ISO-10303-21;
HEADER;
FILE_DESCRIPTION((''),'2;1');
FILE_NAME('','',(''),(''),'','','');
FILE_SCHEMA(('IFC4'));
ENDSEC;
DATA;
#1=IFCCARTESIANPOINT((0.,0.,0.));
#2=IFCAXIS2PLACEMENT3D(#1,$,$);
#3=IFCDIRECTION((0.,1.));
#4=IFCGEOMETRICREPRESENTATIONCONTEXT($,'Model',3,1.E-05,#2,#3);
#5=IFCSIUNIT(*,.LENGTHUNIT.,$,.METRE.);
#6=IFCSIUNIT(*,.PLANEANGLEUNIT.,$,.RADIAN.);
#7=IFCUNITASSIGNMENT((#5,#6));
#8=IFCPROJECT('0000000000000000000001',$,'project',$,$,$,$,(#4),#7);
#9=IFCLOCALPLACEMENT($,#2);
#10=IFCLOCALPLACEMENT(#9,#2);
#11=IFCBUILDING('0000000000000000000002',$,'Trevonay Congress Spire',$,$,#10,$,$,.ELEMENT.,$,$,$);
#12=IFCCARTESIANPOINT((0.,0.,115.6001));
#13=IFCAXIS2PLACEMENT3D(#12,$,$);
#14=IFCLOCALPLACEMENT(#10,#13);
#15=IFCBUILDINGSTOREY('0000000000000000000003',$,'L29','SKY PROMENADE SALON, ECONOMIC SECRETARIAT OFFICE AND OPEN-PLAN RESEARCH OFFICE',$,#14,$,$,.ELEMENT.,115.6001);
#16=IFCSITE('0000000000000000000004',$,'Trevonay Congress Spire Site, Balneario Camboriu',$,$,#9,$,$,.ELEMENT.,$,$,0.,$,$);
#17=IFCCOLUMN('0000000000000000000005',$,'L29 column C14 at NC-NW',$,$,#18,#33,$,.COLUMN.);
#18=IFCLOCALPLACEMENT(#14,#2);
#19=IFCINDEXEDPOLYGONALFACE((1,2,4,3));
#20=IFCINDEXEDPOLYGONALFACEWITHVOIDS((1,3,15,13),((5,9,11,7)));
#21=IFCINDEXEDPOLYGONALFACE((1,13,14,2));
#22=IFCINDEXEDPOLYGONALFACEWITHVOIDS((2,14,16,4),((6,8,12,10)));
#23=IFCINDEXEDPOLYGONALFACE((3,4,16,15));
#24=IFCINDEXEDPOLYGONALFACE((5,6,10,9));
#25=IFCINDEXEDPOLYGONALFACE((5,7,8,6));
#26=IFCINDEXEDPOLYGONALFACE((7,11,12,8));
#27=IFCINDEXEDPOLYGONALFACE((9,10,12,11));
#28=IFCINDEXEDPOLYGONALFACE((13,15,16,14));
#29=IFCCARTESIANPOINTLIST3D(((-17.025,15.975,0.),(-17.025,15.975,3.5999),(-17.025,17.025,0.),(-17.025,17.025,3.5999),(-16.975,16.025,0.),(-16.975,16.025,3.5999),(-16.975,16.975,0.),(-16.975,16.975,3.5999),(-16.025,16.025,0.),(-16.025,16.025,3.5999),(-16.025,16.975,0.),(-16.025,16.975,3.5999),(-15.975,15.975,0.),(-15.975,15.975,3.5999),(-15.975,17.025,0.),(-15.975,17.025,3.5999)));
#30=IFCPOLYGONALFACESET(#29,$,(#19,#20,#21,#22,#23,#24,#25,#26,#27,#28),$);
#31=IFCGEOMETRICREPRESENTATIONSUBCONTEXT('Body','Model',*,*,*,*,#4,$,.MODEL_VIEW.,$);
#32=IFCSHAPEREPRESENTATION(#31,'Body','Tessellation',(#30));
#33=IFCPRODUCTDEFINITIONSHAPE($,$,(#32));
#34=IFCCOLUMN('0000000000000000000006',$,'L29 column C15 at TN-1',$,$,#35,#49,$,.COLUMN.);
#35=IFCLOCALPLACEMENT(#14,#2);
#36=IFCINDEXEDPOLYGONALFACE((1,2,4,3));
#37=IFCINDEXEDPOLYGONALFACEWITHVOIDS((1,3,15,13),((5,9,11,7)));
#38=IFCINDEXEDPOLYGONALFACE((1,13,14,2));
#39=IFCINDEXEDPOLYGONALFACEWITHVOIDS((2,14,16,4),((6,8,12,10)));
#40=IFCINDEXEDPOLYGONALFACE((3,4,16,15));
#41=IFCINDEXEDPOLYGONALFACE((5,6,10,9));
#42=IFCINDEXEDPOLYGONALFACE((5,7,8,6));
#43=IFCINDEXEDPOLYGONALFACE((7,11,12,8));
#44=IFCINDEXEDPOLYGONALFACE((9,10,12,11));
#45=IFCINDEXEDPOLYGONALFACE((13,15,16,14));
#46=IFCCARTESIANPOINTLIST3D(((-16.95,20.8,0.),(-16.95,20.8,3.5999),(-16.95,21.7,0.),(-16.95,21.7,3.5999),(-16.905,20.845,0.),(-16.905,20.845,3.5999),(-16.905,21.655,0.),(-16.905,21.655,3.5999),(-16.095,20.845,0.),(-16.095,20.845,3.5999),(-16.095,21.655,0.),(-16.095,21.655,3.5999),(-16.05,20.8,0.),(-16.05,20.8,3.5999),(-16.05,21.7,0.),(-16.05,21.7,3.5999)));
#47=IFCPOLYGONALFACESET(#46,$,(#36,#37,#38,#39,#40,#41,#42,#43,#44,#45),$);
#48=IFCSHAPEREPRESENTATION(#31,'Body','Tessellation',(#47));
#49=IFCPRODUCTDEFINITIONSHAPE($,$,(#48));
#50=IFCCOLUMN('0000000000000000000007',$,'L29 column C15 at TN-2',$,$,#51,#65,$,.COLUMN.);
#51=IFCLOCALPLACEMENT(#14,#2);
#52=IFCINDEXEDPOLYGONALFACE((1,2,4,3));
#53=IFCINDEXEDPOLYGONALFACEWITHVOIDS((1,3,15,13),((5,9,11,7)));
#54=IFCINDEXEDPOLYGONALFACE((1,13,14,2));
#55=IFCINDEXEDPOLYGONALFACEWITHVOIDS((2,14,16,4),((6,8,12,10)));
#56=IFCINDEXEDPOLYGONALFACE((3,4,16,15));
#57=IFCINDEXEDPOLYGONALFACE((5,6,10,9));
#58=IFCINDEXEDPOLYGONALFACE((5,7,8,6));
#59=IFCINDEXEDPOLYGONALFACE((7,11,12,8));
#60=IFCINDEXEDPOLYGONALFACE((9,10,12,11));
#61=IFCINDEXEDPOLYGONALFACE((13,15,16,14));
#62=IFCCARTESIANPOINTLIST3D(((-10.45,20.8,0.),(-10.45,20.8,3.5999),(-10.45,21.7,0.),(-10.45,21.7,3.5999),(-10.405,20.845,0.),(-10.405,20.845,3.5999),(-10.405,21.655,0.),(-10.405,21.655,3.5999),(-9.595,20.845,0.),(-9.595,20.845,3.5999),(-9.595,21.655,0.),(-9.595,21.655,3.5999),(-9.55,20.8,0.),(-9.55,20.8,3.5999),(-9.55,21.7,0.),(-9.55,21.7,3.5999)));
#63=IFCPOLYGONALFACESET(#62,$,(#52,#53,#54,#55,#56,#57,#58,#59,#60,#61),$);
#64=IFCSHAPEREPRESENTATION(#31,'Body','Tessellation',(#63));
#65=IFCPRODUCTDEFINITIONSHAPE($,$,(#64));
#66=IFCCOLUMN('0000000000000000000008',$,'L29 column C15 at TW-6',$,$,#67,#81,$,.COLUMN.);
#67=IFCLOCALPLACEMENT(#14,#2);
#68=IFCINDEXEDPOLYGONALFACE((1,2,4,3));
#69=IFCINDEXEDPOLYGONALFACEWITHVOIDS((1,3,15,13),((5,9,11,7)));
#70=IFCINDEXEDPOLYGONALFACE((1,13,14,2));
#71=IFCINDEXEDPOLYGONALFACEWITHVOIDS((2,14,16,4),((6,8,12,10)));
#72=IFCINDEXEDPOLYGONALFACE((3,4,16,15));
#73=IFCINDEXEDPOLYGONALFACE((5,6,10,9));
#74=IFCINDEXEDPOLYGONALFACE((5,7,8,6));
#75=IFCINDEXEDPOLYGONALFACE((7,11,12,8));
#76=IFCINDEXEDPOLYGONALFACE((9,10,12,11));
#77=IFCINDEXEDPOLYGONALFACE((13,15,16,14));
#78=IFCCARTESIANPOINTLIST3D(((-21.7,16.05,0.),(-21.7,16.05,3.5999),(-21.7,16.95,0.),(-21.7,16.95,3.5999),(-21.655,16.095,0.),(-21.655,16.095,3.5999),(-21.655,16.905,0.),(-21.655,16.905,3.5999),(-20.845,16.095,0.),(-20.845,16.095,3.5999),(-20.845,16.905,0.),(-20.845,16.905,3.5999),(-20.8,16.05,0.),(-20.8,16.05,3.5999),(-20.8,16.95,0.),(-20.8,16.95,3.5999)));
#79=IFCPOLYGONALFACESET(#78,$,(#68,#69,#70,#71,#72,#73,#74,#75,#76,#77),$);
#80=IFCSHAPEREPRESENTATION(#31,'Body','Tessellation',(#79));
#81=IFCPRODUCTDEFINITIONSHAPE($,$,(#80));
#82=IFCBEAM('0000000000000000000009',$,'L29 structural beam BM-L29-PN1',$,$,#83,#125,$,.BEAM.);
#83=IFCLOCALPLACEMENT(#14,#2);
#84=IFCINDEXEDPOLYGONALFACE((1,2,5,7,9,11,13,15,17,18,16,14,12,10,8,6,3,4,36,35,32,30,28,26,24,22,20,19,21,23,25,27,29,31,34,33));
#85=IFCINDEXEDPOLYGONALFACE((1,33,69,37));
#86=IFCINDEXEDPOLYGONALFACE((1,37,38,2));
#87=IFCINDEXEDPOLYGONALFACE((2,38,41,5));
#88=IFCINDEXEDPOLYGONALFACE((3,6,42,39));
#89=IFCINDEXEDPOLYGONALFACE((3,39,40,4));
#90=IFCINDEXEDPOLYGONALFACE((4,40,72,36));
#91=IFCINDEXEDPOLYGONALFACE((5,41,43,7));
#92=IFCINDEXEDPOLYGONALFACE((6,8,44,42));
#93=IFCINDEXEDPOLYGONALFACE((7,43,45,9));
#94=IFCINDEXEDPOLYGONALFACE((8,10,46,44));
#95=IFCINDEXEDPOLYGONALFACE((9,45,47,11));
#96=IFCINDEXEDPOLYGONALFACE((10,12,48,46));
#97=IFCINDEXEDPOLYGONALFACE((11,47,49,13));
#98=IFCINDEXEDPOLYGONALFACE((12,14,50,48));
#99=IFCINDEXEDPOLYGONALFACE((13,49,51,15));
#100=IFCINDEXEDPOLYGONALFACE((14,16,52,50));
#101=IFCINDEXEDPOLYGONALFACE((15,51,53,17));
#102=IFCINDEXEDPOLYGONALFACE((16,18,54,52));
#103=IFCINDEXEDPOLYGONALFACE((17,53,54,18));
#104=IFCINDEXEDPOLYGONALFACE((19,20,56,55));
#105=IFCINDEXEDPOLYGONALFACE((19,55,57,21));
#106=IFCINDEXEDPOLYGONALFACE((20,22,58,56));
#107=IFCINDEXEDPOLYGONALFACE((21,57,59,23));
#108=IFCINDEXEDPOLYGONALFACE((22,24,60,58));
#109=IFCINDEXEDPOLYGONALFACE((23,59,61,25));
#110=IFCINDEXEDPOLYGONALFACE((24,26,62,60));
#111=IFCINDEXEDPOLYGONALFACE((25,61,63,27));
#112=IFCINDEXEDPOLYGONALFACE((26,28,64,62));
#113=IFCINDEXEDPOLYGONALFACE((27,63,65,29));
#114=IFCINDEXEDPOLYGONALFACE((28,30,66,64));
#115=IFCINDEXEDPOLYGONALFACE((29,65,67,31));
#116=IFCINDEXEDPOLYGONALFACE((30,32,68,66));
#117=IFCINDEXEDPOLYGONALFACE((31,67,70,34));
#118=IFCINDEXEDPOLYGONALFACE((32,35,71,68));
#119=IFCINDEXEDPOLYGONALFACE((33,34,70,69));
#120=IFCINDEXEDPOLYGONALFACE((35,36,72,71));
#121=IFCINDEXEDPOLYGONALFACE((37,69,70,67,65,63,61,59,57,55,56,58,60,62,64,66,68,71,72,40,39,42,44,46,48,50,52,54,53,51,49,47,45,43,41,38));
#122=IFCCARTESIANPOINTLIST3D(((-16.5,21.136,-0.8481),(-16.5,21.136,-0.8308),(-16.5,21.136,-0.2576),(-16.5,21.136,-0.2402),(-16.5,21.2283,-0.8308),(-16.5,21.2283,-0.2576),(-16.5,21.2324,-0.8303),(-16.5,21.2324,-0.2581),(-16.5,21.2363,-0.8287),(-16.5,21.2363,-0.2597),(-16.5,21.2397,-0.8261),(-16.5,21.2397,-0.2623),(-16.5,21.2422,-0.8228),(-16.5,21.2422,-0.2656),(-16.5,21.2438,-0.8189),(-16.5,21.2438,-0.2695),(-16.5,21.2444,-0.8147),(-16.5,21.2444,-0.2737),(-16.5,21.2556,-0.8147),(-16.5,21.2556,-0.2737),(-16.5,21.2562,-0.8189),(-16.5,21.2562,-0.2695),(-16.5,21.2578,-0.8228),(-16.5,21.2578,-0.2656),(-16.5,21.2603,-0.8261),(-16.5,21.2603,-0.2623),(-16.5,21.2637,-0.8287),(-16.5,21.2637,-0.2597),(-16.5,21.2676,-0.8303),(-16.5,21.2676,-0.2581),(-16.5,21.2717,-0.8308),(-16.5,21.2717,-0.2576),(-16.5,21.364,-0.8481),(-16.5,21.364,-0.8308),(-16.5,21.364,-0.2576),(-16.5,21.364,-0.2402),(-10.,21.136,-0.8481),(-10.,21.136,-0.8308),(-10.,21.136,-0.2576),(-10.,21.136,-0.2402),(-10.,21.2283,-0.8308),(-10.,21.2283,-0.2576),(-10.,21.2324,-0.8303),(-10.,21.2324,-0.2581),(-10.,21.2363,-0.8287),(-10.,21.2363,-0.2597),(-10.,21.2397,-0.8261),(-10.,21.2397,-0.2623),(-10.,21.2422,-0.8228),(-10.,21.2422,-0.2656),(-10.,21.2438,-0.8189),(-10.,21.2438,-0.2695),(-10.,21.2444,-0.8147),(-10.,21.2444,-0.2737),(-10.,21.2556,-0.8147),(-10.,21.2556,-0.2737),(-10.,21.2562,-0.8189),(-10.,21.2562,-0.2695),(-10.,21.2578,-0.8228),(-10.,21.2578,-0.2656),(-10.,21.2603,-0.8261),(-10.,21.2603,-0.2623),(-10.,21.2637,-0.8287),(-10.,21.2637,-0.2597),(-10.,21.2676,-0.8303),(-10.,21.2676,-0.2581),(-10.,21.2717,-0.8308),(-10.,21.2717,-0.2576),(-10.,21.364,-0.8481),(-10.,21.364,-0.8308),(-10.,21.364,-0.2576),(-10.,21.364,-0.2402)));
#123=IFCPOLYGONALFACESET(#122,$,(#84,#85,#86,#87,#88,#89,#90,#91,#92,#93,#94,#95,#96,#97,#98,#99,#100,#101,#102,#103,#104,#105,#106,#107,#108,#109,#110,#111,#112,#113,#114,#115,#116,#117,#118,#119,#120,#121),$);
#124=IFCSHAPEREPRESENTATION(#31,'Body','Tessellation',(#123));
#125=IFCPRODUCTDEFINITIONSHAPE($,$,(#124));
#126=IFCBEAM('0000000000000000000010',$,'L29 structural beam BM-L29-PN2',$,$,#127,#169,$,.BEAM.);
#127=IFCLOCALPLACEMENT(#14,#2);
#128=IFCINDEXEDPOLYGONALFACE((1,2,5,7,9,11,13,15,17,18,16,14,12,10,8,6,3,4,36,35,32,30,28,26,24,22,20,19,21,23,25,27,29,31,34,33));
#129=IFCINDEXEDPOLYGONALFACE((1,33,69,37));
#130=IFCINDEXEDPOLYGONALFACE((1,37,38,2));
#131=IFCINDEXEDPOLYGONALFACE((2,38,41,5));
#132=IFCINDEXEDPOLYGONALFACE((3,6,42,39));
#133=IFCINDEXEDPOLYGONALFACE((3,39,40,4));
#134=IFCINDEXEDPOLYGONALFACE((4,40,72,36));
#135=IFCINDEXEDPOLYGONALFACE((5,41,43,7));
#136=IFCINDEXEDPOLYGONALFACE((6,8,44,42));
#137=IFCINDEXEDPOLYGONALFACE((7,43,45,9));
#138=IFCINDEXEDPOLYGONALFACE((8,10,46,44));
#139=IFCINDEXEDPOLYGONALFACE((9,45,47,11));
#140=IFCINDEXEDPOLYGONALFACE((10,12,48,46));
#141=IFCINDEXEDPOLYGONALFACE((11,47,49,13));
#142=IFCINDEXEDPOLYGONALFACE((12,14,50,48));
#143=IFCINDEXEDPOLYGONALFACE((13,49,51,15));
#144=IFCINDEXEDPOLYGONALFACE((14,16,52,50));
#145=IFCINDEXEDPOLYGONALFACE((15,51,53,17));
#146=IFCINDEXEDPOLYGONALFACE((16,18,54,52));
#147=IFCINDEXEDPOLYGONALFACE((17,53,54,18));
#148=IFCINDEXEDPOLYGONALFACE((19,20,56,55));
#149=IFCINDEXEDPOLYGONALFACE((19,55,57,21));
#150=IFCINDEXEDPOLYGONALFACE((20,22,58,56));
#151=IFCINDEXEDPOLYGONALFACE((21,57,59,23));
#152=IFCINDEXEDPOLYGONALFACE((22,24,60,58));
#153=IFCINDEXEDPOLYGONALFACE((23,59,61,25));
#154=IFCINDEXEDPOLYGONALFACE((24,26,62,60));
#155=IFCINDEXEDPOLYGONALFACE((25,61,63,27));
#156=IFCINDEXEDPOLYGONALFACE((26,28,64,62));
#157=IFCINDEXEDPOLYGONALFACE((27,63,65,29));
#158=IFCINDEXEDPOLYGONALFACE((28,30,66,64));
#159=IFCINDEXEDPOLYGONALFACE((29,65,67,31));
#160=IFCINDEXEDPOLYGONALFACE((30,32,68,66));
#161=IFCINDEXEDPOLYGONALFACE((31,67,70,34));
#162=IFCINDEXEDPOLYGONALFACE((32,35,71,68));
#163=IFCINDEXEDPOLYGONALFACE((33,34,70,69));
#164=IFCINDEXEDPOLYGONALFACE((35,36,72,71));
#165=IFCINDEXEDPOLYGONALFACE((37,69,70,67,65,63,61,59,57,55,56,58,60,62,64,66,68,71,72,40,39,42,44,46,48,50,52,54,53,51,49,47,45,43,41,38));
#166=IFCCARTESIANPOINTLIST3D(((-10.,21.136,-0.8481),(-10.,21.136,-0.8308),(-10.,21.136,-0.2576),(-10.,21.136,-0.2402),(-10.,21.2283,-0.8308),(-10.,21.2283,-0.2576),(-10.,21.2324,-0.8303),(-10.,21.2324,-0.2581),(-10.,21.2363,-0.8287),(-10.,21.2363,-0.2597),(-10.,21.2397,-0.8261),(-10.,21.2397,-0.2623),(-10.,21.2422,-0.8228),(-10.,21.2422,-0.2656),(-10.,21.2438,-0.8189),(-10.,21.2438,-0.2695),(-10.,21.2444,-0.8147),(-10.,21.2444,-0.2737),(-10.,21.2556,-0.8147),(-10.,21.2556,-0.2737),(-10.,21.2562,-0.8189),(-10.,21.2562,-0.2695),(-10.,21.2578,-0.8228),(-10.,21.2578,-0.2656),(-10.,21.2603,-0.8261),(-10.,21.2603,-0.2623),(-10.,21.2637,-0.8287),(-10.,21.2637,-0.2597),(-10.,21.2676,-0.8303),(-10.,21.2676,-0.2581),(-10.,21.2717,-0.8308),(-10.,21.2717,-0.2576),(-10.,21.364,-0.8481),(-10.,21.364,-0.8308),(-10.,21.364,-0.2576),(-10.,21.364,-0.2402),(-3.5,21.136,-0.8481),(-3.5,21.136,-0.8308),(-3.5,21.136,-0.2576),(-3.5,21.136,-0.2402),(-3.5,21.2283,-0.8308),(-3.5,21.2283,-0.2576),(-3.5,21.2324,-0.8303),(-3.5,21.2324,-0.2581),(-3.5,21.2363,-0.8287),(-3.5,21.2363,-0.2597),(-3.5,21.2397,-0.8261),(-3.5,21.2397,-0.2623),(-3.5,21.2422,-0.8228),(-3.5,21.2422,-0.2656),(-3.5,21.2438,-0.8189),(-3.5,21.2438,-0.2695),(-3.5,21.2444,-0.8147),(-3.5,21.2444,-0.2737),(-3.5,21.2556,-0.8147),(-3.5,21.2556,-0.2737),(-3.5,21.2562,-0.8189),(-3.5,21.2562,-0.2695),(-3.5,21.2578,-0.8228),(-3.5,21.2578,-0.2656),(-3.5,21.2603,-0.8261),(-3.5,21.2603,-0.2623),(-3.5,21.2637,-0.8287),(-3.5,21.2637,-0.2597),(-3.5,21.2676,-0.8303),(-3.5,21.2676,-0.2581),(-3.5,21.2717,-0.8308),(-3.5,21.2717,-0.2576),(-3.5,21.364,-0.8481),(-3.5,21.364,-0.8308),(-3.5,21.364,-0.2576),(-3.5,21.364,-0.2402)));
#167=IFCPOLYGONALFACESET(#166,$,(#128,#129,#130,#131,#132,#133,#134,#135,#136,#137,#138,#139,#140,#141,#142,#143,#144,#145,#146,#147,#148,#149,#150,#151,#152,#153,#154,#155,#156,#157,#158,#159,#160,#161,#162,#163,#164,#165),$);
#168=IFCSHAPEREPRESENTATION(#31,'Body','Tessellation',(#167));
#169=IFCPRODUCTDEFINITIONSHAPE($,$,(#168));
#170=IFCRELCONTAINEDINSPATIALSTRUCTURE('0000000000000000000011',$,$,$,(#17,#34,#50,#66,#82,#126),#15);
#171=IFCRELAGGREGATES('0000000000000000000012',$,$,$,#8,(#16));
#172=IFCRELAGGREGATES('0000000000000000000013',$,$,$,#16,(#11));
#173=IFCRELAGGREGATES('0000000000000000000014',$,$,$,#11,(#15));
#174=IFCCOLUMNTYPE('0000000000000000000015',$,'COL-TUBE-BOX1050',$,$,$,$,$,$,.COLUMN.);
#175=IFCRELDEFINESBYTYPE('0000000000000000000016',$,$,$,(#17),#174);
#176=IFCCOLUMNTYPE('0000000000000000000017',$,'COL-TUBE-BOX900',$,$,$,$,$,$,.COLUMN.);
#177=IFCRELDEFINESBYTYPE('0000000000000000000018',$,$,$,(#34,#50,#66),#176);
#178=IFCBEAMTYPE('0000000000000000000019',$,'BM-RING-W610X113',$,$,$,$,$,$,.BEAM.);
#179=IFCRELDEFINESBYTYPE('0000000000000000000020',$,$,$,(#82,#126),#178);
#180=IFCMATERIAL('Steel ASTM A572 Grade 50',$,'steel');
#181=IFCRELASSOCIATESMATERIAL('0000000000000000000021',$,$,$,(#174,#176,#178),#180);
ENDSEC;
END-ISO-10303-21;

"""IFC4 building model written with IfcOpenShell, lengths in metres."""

from ifc_helpers import new_model, si_unit, direction, frame, origin, origin_2d, place, context, subcontext, project, spatial, hollow_rectangle, i_section, extrude, material, material_profile, profile_set, type_object, element, save


model = new_model("IFC4")

# Units and contexts
model_context = context("Model", 3, precision=1e-05, world=origin(), true_north=direction((0.0, 1.0)))
body_context = subcontext(model_context, "Body", "Model", "MODEL_VIEW")
ifc_project = project(units=[si_unit("LENGTHUNIT", "METRE"), si_unit("PLANEANGLEUNIT", "RADIAN")], contexts=[model_context])

# Site, building, storey
site_placement = place(None, origin())
site = spatial("IfcSite", under=ifc_project, at=site_placement, Name="Trevonay Congress Spire Site, Balneario Camboriu", CompositionType="ELEMENT", RefElevation=0.0)
building_placement = place(site_placement, origin())
building = spatial("IfcBuilding", under=site, at=building_placement, Name="Trevonay Congress Spire", CompositionType="ELEMENT")
storey_placement = place(building_placement, frame((0.0, 0.0, 115.6001)))
storey = spatial("IfcBuildingStorey", under=building, at=storey_placement, Name="L29", Description="SKY PROMENADE SALON, ECONOMIC SECRETARIAT OFFICE AND OPEN-PLAN RESEARCH OFFICE", CompositionType="ELEMENT", Elevation=115.6001)

# Columns
ifc_material_1 = material(Name="Steel ASTM A572 Grade 50", Category="steel")
ifc_material_profile_1 = material_profile(ifc_material_1, hollow_rectangle(XDim=1.05, YDim=1.05, WallThickness=0.05, at=origin_2d()), Name="BOX 1050x1050x50")
ifc_profile_set_1 = profile_set([ifc_material_profile_1], Name="Steel ASTM A572 Grade 50")
column_type_1 = type_object("IfcColumnType", Name="COL-TUBE-BOX1050", PredefinedType="COLUMN", material=ifc_profile_set_1)
column_placement = place(storey_placement, frame((-16.5, 16.5, 0.0), z_axis=(0.0, 0.0, 1.0), x_axis=(1.0, 0.0, 0.0)))
element("IfcColumn", 1, at=column_placement, inside=storey, type_object=column_type_1, Name="L29 column C14 at NC-NW", PredefinedType="COLUMN", context=body_context, shape_type="SweptSolid", body=[
    extrude(hollow_rectangle(XDim=1.05, YDim=1.05, WallThickness=0.05, at=origin_2d()), origin(), (0.0, 0.0, 1.0), 3.5999),
])
ifc_material_profile_2 = material_profile(ifc_material_1, hollow_rectangle(XDim=0.8999, YDim=0.8999, WallThickness=0.0449, at=origin_2d()), Name="BOX 900x900x45")
ifc_profile_set_2 = profile_set([ifc_material_profile_2], Name="Steel ASTM A572 Grade 50")
column_type_2 = type_object("IfcColumnType", Name="COL-TUBE-BOX900", PredefinedType="COLUMN", material=ifc_profile_set_2)
for number, where, z_axis, x_axis, name in (
    (2, (-16.5, 21.25, 0.0), (0.0, 0.0, 1.0), (1.0, 0.0, 0.0), "L29 column C15 at TN-1"),
    (3, (-10.0, 21.25, 0.0), (0.0, 0.0, 1.0), (1.0, 0.0, 0.0), "L29 column C15 at TN-2"),
    (4, (-21.25, 16.5, 0.0), (0.0, 0.0, 1.0), (1.0, 0.0, 0.0), "L29 column C15 at TW-6"),
):
    element("IfcColumn", number, at=place(storey_placement, frame(where, z_axis=z_axis, x_axis=x_axis)), inside=storey, type_object=column_type_2, Name=name, PredefinedType="COLUMN", context=body_context, shape_type="SweptSolid", body=[
        extrude(hollow_rectangle(XDim=0.8999, YDim=0.8999, WallThickness=0.0449, at=origin_2d()), origin(), (0.0, 0.0, 1.0), 3.5999),
    ])

# Beams
ifc_material_profile_3 = material_profile(ifc_material_1, i_section(OverallWidth=0.228, OverallDepth=0.6079, WebThickness=0.0112, FlangeThickness=0.0173, FilletRadius=0.0161, at=origin_2d()), Name="W610x113")
ifc_profile_set_3 = profile_set([ifc_material_profile_3], Name="Steel ASTM A572 Grade 50")
beam_type = type_object("IfcBeamType", Name="BM-RING-W610X113", PredefinedType="BEAM", material=ifc_profile_set_3)
for number, where, z_axis, x_axis, name in (
    (5, (-16.5, 21.25, -0.5442), (1.0, 0.0, 0.0), (0.0, 1.0, 0.0), "L29 structural beam BM-L29-PN1"),
    (6, (-10.0, 21.25, -0.5442), (1.0, 0.0, 0.0), (0.0, 1.0, 0.0), "L29 structural beam BM-L29-PN2"),
):
    element("IfcBeam", number, at=place(storey_placement, frame(where, z_axis=z_axis, x_axis=x_axis)), inside=storey, type_object=beam_type, Name=name, PredefinedType="BEAM", context=body_context, shape_type="SweptSolid", body=[
        extrude(i_section(OverallWidth=0.228, OverallDepth=0.6079, WebThickness=0.0112, FlangeThickness=0.0173, FilletRadius=0.0161, at=origin_2d()), origin(), (0.0, 0.0, 1.0), 6.5),
    ])

save(model, "model.ifc")
